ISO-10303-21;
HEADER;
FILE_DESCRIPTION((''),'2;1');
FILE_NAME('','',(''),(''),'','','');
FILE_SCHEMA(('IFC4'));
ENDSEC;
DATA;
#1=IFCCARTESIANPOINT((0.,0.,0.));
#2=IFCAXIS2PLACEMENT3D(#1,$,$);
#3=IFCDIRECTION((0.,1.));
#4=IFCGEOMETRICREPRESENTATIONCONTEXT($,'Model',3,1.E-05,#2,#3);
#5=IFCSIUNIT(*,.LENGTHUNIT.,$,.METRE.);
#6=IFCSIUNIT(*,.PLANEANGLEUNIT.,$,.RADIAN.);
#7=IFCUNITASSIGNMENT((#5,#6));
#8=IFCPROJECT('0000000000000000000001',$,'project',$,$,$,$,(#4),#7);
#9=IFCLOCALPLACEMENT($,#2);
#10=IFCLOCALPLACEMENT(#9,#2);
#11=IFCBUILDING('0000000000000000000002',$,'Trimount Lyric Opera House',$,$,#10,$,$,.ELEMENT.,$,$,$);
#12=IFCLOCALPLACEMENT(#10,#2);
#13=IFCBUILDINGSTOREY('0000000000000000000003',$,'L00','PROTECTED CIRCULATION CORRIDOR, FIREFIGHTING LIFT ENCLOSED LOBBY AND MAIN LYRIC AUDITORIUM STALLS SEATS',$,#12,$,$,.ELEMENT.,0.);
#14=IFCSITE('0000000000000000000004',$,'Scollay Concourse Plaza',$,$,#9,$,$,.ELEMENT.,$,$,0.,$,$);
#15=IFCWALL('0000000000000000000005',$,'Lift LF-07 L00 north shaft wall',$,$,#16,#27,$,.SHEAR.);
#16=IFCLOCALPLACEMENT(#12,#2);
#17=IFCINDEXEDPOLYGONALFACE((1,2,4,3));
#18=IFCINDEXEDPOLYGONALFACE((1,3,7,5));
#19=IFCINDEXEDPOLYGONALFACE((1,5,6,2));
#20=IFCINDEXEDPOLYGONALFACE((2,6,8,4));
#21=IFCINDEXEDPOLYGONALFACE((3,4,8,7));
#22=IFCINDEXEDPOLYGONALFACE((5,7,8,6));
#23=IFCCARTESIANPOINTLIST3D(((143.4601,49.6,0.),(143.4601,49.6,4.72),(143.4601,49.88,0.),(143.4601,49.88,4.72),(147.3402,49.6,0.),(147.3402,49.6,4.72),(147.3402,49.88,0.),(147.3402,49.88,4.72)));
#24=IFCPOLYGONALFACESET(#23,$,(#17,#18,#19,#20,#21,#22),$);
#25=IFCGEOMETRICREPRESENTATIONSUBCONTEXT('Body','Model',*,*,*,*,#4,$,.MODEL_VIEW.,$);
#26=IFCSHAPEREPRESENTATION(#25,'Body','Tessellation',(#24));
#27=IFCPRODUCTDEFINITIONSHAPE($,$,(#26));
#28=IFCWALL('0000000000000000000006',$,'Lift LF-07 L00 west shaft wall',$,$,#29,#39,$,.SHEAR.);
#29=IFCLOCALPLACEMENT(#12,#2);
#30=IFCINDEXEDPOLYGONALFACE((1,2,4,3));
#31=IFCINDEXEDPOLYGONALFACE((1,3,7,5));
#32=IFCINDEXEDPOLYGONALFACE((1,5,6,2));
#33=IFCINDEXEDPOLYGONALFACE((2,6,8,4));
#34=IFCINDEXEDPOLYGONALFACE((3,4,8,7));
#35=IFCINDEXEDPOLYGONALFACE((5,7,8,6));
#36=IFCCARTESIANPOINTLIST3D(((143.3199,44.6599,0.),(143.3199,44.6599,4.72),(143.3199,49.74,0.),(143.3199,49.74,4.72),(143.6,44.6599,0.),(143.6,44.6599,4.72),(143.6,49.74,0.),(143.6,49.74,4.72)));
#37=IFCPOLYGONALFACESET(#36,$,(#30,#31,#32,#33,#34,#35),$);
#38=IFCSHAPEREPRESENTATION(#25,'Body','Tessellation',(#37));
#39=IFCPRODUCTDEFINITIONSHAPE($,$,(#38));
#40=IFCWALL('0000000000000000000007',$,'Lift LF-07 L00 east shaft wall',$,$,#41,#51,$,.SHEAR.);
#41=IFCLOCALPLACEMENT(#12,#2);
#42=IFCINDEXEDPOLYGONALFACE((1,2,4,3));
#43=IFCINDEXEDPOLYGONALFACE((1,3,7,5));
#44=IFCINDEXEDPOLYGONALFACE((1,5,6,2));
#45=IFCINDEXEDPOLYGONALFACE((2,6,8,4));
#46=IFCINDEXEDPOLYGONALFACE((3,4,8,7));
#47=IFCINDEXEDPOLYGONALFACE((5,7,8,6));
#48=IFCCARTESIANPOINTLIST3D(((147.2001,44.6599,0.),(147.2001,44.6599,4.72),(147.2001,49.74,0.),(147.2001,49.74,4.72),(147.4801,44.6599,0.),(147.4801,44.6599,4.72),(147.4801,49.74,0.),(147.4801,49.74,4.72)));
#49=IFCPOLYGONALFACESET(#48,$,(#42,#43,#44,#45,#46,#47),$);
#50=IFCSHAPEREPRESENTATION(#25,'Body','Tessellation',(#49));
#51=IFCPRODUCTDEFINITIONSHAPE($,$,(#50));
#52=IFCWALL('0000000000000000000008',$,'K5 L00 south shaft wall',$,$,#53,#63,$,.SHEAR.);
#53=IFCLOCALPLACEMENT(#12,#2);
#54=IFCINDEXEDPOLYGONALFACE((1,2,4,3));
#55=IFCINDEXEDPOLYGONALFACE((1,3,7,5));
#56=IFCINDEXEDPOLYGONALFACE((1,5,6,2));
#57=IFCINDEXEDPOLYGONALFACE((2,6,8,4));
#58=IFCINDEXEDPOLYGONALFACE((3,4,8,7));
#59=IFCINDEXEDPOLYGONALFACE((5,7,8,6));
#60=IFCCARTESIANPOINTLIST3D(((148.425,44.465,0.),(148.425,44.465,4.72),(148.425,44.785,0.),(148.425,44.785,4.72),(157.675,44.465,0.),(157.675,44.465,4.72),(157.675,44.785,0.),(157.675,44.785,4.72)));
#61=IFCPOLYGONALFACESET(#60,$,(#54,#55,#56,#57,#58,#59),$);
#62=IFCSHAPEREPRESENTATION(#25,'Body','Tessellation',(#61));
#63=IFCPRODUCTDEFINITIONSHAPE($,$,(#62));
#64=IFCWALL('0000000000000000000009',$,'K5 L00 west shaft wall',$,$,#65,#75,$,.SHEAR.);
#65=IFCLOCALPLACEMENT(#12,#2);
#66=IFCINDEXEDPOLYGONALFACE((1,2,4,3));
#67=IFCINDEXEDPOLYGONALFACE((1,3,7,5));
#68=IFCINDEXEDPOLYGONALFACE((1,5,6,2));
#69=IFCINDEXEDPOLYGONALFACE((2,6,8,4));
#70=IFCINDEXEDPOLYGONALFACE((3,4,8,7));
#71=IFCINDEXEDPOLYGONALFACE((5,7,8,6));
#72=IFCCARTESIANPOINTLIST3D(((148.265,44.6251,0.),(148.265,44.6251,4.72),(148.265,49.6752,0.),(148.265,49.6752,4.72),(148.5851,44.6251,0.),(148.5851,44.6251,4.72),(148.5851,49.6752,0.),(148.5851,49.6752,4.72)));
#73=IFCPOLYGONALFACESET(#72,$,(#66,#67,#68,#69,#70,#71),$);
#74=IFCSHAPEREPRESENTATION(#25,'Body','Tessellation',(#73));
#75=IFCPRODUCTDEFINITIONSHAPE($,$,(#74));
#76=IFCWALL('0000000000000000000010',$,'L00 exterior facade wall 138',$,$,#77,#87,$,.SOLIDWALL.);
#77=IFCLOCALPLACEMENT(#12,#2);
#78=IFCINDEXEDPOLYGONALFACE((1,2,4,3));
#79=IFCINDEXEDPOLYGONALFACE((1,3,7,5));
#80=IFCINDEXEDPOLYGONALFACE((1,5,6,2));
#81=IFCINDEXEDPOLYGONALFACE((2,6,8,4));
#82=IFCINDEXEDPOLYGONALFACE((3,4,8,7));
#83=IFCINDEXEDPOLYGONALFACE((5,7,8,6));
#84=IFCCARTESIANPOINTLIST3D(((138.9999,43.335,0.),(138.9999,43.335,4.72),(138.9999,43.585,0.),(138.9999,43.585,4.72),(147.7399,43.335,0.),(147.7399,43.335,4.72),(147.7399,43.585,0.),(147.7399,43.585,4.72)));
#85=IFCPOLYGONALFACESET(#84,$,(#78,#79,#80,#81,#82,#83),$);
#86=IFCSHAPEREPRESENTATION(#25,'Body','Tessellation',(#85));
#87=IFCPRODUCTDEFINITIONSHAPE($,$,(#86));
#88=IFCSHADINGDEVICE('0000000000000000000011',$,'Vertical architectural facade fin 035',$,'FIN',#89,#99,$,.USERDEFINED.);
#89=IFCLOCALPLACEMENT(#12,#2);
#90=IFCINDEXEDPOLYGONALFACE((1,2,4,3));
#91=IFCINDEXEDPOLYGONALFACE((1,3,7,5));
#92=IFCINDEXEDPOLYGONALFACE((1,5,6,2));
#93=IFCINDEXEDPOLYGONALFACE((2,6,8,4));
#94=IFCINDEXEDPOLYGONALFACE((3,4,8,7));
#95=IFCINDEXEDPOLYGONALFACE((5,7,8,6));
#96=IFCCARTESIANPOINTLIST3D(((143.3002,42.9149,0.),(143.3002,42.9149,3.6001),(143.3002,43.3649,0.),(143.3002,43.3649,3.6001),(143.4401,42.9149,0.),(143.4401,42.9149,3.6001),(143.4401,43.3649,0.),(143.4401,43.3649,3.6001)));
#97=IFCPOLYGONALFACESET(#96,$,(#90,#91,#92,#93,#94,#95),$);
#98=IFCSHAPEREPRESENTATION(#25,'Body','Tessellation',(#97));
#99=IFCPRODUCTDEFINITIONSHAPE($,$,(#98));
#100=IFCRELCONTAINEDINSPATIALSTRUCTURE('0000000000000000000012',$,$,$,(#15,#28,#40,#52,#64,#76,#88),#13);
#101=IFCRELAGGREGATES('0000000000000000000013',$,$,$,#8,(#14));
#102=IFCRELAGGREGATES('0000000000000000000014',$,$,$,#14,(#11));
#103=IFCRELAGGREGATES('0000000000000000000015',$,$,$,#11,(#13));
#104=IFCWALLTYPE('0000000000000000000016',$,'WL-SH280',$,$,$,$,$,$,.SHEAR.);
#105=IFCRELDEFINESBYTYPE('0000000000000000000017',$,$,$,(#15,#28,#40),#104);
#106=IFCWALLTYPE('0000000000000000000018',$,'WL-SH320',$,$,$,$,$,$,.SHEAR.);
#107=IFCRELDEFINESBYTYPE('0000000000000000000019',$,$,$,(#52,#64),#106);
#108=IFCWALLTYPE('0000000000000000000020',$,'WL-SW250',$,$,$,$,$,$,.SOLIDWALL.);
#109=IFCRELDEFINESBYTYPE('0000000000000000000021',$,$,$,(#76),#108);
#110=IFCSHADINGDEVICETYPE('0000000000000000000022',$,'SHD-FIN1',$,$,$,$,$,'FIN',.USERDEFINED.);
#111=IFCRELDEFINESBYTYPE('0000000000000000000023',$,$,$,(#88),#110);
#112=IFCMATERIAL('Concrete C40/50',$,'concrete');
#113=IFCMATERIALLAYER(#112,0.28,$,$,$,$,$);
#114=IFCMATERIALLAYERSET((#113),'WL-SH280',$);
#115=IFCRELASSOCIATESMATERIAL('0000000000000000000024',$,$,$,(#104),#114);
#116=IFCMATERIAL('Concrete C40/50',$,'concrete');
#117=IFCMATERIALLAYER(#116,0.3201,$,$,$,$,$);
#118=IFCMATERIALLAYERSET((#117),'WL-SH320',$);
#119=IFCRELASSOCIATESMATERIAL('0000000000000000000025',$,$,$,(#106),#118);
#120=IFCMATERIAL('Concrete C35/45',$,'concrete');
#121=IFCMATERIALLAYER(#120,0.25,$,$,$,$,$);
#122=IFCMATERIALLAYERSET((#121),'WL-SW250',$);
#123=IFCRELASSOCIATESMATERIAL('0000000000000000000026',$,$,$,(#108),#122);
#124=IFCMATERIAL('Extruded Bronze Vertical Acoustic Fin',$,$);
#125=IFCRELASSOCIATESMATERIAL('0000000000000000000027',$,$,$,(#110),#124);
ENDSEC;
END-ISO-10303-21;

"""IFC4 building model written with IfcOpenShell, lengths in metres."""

from ifc_helpers import new_model, si_unit, direction, frame, frame_2d, origin, origin_2d, place, context, subcontext, project, spatial, rectangle, extrude, material, layer, layer_set, type_object, element, save


model = new_model("IFC4")

# Units and contexts
model_context = context("Model", 3, precision=1e-05, world=origin(), true_north=direction((0.0, 1.0)))
body_context = subcontext(model_context, "Body", "Model", "MODEL_VIEW")
ifc_project = project(units=[si_unit("LENGTHUNIT", "METRE"), si_unit("PLANEANGLEUNIT", "RADIAN")], contexts=[model_context])

# Site, building, storey
site_placement = place(None, origin())
site = spatial("IfcSite", under=ifc_project, at=site_placement, Name="Scollay Concourse Plaza", CompositionType="ELEMENT", RefElevation=0.0)
building_placement = place(site_placement, origin())
building = spatial("IfcBuilding", under=site, at=building_placement, Name="Trimount Lyric Opera House", CompositionType="ELEMENT")
storey_placement = place(building_placement, origin())
storey = spatial("IfcBuildingStorey", under=building, at=storey_placement, Name="L00", Description="PROTECTED CIRCULATION CORRIDOR, FIREFIGHTING LIFT ENCLOSED LOBBY AND MAIN LYRIC AUDITORIUM STALLS SEATS", CompositionType="ELEMENT", Elevation=0.0)

# Walls
ifc_material_1 = material(Name="Concrete C40/50", Category="concrete")
ifc_layer_1 = layer(ifc_material_1, 0.28)
ifc_layer_set_1 = layer_set([ifc_layer_1], Name="WL-SH280")
wall_type_1 = type_object("IfcWallType", Name="WL-SH280", PredefinedType="SHEAR", material=ifc_layer_set_1)
for number, where, z_axis, x_axis, name in (
    (1, (147.3401, 49.74, 0.0), (0.0, 0.0, 1.0), (-1.0, 0.0, 0.0), "Lift LF-07 L00 north shaft wall"),
):
    element("IfcWall", number, at=place(storey_placement, frame(where, z_axis=z_axis, x_axis=x_axis)), inside=storey, type_object=wall_type_1, Name=name, PredefinedType="SHEAR", context=body_context, shape_type="SweptSolid", body=[
        extrude(rectangle(XDim=3.8801, YDim=0.28, at=frame_2d((1.9399, 0.0))), origin(), (0.0, 0.0, 1.0), 4.72),
    ])
for number, where, z_axis, x_axis, name in (
    (2, (143.46, 49.74, 0.0), (0.0, 0.0, 1.0), (0.0, -1.0, 0.0), "Lift LF-07 L00 west shaft wall"),
    (3, (147.3401, 44.6599, 0.0), (0.0, 0.0, 1.0), (0.0, 1.0, 0.0), "Lift LF-07 L00 east shaft wall"),
):
    element("IfcWall", number, at=place(storey_placement, frame(where, z_axis=z_axis, x_axis=x_axis)), inside=storey, type_object=wall_type_1, Name=name, PredefinedType="SHEAR", context=body_context, shape_type="SweptSolid", body=[
        extrude(rectangle(XDim=5.0801, YDim=0.28, at=frame_2d((2.54, 0.0))), origin(), (0.0, 0.0, 1.0), 4.72),
    ])
ifc_material_2 = material(Name="Concrete C40/50", Category="concrete")
ifc_layer_2 = layer(ifc_material_2, 0.3201)
ifc_layer_set_2 = layer_set([ifc_layer_2], Name="WL-SH320")
wall_type_2 = type_object("IfcWallType", Name="WL-SH320", PredefinedType="SHEAR", material=ifc_layer_set_2)
wall_1_placement = place(storey_placement, frame((148.425, 44.625, 0.0), z_axis=(0.0, 0.0, 1.0), x_axis=(1.0, 0.0, 0.0)))
element("IfcWall", 4, at=wall_1_placement, inside=storey, type_object=wall_type_2, Name="K5 L00 south shaft wall", PredefinedType="SHEAR", context=body_context, shape_type="SweptSolid", body=[
    extrude(rectangle(XDim=9.25, YDim=0.3201, at=frame_2d((4.625, 0.0))), origin(), (0.0, 0.0, 1.0), 4.72),
])
wall_2_placement = place(storey_placement, frame((148.425, 49.675, 0.0), z_axis=(0.0, 0.0, 1.0), x_axis=(0.0, -1.0, 0.0)))
element("IfcWall", 5, at=wall_2_placement, inside=storey, type_object=wall_type_2, Name="K5 L00 west shaft wall", PredefinedType="SHEAR", context=body_context, shape_type="SweptSolid", body=[
    extrude(rectangle(XDim=5.05, YDim=0.3201, at=frame_2d((2.5249, 0.0))), origin(), (0.0, 0.0, 1.0), 4.72),
])
ifc_material_3 = material(Name="Concrete C35/45", Category="concrete")
ifc_layer_3 = layer(ifc_material_3, 0.25)
ifc_layer_set_3 = layer_set([ifc_layer_3], Name="WL-SW250")
wall_type_3 = type_object("IfcWallType", Name="WL-SW250", PredefinedType="SOLIDWALL", material=ifc_layer_set_3)
wall_3_placement = place(storey_placement, frame((147.74, 43.46, 0.0), z_axis=(0.0, 0.0, 1.0), x_axis=(-1.0, 0.0, 0.0)))
element("IfcWall", 6, at=wall_3_placement, inside=storey, type_object=wall_type_3, Name="L00 exterior facade wall 138", PredefinedType="SOLIDWALL", context=body_context, shape_type="SweptSolid", body=[
    extrude(rectangle(XDim=8.74, YDim=0.25, at=frame_2d((4.3701, 0.0))), origin(), (0.0, 0.0, 1.0), 4.72),
])

# Shading device
ifc_material_4 = material(Name="Extruded Bronze Vertical Acoustic Fin")
shading_device_type = type_object("IfcShadingDeviceType", Name="SHD-FIN1", ElementType="FIN", PredefinedType="USERDEFINED", material=ifc_material_4)
shading_device_placement = place(storey_placement, frame((143.3701, 43.1399, 0.0), z_axis=(0.0, 0.0, 1.0), x_axis=(1.0, 0.0, 0.0)))
element("IfcShadingDevice", 7, at=shading_device_placement, inside=storey, type_object=shading_device_type, Name="Vertical architectural facade fin 035", ObjectType="FIN", PredefinedType="USERDEFINED", context=body_context, shape_type="SweptSolid", body=[
    extrude(rectangle(XDim=0.1399, YDim=0.45, at=origin_2d()), origin(), (0.0, 0.0, 1.0), 3.6001),
])

save(model, "model.ifc")
